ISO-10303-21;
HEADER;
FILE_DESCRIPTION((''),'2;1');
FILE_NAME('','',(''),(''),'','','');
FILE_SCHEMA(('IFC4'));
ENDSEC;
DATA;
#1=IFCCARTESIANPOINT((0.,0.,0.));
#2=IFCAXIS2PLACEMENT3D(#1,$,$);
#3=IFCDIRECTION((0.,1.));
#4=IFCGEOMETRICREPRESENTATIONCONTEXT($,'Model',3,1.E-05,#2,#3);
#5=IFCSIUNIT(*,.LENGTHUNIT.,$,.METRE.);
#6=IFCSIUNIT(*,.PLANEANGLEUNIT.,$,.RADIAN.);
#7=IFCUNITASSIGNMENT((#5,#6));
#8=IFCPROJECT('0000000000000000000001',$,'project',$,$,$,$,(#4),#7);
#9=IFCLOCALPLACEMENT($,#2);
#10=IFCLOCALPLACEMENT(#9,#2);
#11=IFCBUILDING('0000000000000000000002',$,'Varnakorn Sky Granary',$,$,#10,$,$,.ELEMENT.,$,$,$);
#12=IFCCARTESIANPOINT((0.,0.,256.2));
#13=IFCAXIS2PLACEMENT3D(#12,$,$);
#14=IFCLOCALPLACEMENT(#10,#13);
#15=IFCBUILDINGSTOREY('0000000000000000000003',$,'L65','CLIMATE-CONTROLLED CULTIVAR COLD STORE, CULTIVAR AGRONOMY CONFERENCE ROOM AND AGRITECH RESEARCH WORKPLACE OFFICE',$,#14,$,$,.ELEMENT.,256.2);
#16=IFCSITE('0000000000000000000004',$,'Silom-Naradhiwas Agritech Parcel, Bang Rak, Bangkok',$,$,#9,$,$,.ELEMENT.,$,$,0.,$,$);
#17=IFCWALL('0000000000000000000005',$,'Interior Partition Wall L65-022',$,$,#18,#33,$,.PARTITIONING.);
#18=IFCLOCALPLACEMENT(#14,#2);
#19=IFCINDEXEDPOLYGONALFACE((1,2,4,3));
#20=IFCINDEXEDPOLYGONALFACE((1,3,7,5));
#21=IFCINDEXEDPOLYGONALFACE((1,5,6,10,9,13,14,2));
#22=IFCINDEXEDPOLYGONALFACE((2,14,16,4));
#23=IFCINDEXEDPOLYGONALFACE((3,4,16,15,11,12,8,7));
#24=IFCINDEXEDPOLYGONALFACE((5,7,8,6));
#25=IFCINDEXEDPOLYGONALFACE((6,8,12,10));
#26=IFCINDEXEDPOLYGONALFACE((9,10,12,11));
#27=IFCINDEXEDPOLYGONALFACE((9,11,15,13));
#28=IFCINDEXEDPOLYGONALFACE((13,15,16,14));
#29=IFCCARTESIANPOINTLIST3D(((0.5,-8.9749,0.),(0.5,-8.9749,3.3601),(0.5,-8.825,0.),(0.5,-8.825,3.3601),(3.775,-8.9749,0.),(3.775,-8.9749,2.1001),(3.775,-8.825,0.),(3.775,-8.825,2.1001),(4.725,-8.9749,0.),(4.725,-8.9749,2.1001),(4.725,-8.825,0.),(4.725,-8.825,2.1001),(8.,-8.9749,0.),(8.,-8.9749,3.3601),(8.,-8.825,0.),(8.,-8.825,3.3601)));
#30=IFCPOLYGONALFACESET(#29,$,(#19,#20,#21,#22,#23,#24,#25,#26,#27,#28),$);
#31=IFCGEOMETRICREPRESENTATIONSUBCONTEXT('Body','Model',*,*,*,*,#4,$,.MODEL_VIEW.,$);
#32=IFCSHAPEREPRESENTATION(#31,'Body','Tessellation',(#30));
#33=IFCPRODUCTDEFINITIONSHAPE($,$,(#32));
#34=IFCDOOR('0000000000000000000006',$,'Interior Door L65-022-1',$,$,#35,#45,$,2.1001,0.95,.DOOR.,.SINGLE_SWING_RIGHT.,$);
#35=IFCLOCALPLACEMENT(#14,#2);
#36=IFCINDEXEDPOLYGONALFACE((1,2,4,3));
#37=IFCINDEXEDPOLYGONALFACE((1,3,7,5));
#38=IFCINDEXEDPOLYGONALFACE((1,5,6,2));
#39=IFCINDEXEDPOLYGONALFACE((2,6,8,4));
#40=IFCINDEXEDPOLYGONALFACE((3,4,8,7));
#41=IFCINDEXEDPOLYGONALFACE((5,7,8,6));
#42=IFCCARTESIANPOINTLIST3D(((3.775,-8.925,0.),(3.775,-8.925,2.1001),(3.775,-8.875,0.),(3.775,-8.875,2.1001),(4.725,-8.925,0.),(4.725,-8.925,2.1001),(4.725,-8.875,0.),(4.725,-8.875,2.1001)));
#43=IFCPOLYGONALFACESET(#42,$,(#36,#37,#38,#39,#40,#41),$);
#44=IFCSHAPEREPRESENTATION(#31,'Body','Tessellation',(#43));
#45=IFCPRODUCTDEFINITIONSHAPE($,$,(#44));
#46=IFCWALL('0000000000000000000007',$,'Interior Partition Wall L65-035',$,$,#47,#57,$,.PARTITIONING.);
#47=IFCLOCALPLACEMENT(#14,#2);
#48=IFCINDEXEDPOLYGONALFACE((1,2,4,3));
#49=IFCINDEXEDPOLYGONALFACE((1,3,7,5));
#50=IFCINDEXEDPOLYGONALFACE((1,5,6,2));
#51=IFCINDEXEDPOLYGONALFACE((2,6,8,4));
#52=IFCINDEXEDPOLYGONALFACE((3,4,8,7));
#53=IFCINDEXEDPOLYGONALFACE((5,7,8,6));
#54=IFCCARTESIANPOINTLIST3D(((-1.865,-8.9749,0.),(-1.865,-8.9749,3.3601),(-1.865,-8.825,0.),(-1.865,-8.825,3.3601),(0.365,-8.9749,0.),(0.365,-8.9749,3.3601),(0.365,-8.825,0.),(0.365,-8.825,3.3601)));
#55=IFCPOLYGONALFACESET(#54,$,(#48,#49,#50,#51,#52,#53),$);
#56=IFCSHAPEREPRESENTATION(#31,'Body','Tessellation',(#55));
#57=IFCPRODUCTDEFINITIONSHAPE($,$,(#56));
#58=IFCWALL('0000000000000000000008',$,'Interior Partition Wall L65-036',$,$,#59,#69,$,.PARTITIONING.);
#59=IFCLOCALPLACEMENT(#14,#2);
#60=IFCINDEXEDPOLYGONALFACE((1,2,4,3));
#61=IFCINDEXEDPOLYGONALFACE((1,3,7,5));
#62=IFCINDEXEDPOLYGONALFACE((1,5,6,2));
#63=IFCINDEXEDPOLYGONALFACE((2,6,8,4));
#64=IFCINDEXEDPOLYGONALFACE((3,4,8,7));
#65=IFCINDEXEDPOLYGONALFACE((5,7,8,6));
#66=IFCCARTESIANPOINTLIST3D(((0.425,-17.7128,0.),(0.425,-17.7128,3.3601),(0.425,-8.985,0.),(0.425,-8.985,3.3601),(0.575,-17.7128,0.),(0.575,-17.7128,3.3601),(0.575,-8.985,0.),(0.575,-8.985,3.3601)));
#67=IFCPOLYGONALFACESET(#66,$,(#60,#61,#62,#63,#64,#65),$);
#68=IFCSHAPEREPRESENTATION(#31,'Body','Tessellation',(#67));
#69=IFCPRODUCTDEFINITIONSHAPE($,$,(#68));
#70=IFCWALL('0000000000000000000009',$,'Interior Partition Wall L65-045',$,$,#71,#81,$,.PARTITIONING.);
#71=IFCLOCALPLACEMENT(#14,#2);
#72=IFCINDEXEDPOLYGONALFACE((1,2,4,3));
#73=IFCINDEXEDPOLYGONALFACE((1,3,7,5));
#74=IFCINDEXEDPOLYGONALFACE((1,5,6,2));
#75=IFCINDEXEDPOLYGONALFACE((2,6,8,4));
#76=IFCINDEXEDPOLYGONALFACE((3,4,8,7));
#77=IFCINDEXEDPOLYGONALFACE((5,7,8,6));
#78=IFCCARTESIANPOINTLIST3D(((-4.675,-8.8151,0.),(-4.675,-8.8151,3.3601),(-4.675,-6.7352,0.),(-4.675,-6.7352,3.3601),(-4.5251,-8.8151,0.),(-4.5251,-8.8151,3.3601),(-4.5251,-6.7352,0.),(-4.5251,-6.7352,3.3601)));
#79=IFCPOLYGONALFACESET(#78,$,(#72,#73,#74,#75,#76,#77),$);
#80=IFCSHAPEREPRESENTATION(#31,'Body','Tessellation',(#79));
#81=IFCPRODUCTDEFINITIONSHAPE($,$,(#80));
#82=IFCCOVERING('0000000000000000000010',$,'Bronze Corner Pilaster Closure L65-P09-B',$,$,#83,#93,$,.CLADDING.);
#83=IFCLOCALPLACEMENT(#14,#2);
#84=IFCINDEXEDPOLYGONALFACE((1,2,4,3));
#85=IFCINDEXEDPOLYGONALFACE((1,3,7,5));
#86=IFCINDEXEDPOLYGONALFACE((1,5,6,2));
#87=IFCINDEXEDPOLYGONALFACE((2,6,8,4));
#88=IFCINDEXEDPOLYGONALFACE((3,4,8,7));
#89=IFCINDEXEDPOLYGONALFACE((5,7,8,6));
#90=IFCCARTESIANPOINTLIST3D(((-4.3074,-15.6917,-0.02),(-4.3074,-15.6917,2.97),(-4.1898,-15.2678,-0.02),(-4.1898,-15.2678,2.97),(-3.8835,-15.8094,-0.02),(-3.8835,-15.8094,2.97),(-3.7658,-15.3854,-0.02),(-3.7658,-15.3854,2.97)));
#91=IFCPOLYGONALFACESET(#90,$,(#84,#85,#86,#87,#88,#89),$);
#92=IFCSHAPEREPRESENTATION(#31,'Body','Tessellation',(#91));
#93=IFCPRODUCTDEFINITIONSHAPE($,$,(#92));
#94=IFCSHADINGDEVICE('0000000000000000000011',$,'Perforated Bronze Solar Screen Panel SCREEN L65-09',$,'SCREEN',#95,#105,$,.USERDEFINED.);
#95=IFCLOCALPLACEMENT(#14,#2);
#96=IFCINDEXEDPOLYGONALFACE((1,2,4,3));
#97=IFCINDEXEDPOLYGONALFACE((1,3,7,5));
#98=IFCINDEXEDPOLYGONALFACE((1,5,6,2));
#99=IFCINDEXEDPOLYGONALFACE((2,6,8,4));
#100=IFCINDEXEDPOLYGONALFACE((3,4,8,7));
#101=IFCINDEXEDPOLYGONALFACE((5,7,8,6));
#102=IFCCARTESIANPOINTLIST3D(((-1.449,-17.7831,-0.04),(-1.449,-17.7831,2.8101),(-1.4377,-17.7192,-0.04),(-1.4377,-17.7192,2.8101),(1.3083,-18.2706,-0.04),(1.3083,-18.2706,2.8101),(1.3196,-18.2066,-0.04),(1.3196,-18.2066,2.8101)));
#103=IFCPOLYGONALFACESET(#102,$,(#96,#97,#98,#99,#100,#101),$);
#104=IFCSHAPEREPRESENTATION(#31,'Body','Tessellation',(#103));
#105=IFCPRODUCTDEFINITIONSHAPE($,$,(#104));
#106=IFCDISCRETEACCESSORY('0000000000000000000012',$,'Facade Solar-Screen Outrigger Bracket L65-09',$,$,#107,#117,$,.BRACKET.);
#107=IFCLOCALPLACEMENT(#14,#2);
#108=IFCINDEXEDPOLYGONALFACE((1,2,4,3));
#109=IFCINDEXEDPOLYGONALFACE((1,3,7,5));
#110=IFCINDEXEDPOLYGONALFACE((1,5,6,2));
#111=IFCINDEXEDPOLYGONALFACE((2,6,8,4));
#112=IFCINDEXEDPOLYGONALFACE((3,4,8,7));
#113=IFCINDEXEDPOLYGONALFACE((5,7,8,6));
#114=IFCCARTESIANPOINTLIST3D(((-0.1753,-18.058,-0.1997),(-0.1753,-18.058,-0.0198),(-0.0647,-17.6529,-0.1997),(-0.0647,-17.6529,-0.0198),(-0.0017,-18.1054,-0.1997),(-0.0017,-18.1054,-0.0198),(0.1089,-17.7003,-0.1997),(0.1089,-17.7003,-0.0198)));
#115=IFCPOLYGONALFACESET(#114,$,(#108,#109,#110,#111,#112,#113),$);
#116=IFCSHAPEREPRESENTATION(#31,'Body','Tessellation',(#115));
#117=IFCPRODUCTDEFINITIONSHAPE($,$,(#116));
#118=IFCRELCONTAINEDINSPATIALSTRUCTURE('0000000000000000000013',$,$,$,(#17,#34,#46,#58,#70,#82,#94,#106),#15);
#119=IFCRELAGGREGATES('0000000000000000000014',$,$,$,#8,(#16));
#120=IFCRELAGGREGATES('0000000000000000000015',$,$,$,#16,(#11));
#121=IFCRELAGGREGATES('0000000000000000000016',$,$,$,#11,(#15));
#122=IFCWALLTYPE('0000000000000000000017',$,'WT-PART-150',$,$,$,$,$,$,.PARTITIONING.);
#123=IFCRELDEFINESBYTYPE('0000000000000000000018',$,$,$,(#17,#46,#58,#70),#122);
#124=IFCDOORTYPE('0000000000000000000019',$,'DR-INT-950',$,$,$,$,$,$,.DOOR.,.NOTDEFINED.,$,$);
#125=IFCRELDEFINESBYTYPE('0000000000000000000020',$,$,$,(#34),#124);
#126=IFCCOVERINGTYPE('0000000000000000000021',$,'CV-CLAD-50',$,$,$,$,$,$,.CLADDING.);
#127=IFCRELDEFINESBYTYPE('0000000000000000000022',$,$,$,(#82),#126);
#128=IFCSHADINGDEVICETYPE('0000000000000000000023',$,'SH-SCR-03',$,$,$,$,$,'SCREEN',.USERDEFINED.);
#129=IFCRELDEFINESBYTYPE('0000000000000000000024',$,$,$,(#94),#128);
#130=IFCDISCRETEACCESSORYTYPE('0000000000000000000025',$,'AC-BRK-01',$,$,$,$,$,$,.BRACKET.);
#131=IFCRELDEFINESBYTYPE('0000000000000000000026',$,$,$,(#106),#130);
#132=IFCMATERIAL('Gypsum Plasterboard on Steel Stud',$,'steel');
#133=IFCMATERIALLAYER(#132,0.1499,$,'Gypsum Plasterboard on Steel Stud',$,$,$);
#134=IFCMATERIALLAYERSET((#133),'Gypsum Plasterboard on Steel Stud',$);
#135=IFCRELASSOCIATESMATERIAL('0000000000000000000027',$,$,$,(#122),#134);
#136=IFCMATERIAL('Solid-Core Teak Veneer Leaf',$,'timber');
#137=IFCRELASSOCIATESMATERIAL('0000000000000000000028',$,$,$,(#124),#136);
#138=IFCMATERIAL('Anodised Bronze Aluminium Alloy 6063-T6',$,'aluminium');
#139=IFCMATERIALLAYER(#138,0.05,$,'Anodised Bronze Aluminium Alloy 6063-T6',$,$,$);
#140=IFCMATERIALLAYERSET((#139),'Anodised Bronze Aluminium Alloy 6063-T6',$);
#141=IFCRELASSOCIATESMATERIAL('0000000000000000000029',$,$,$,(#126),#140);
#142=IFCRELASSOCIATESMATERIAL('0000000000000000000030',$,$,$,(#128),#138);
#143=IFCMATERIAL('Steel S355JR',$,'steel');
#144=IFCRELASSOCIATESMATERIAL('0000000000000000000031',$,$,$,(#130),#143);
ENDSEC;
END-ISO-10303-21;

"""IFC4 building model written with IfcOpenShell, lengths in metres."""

from ifc_helpers import new_model, si_unit, direction, frame, frame_2d, origin, origin_2d, place, context, subcontext, project, spatial, rectangle, extrude, source, transform, mapped, material, layer, layer_set, type_object, type_shapes, element, fill, save


model = new_model("IFC4")

# Units and contexts
model_context = context("Model", 3, precision=1e-05, world=origin(), true_north=direction((0.0, 1.0)))
body_context = subcontext(model_context, "Body", "Model", "MODEL_VIEW")
ifc_project = project(units=[si_unit("LENGTHUNIT", "METRE"), si_unit("PLANEANGLEUNIT", "RADIAN")], contexts=[model_context])

# Site, building, storey
site_placement = place(None, origin())
site = spatial("IfcSite", under=ifc_project, at=site_placement, Name="Silom-Naradhiwas Agritech Parcel, Bang Rak, Bangkok", CompositionType="ELEMENT", RefElevation=0.0)
building_placement = place(site_placement, origin())
building = spatial("IfcBuilding", under=site, at=building_placement, Name="Varnakorn Sky Granary", CompositionType="ELEMENT")
storey_placement = place(building_placement, frame((0.0, 0.0, 256.2)))
storey = spatial("IfcBuildingStorey", under=building, at=storey_placement, Name="L65", Description="CLIMATE-CONTROLLED CULTIVAR COLD STORE, CULTIVAR AGRONOMY CONFERENCE ROOM AND AGRITECH RESEARCH WORKPLACE OFFICE", CompositionType="ELEMENT", Elevation=256.2)

# Shared definitions
ifc_material_1 = material(Name="Steel S355JR", Category="steel")

# Shared definitions
ifc_material_2 = material(Name="Anodised Bronze Aluminium Alloy 6063-T6", Category="aluminium")

# Wall, opening, door
ifc_material_3 = material(Name="Gypsum Plasterboard on Steel Stud", Category="steel")
ifc_layer_1 = layer(ifc_material_3, 0.1499, Name="Gypsum Plasterboard on Steel Stud")
ifc_layer_set_1 = layer_set([ifc_layer_1], Name="Gypsum Plasterboard on Steel Stud")
wall_type = type_object("IfcWallType", Name="WT-PART-150", PredefinedType="PARTITIONING", material=ifc_layer_set_1)
ifc_material_4 = material(Name="Solid-Core Teak Veneer Leaf", Category="timber")
door_type = type_object("IfcDoorType", Name="DR-INT-950", OperationType="NOTDEFINED", PredefinedType="DOOR", material=ifc_material_4)
wall_1_placement = place(storey_placement, frame((0.5, -8.8999, 0.0), z_axis=(0.0, 0.0, 1.0), x_axis=(1.0, 0.0, 0.0)))
wall_1 = element("IfcWall", 1, at=wall_1_placement, inside=storey, type_object=wall_type, Name="Interior Partition Wall L65-022", PredefinedType="PARTITIONING", context=body_context, shape_type="SweptSolid", body=[
    extrude(rectangle(XDim=7.5, YDim=0.1499, at=frame_2d((3.75, 0.0))), origin(), (0.0, 0.0, 1.0), 3.3601),
])
opening_1_placement = place(wall_1_placement, frame((3.2749, 0.0, 0.0)))
opening_1 = element("IfcOpeningElement", 2, at=opening_1_placement, cuts=wall_1, PredefinedType="OPENING", context=body_context, shape_type="SweptSolid", body=[
    extrude(rectangle(XDim=0.95, YDim=2.1001, at=frame_2d((0.4751, 1.05))), frame((0.0, 0.085, 0.0), z_axis=(0.0, -1.0, 0.0), x_axis=(1.0, 0.0, 0.0)), (0.0, 0.0, 1.0), 0.1699),
])
door_1_placement = place(opening_1_placement, origin())
door_1 = element("IfcDoor", 3, at=door_1_placement, inside=storey, type_object=door_type, Name="Interior Door L65-022-1", OperationType="SINGLE_SWING_RIGHT", OverallHeight=2.1001, OverallWidth=0.95, PredefinedType="DOOR", context=body_context, shape_type="SweptSolid", body=[
    extrude(rectangle(XDim=0.95, YDim=2.1001, at=frame_2d((0.4751, 1.05))), frame((0.0, 0.0249, 0.0), z_axis=(0.0, -1.0, 0.0), x_axis=(1.0, 0.0, 0.0)), (0.0, 0.0, 1.0), 0.05),
])
fill(opening_1, door_1)

# Walls
wall_2_placement = place(storey_placement, frame((-1.865, -8.8999, 0.0), z_axis=(0.0, 0.0, 1.0), x_axis=(1.0, 0.0, 0.0)))
element("IfcWall", 4, at=wall_2_placement, inside=storey, type_object=wall_type, Name="Interior Partition Wall L65-035", PredefinedType="PARTITIONING", context=body_context, shape_type="SweptSolid", body=[
    extrude(rectangle(XDim=2.23, YDim=0.1499, at=frame_2d((1.115, 0.0))), origin(), (0.0, 0.0, 1.0), 3.3601),
])
wall_3_placement = place(storey_placement, frame((0.5, -8.9851, 0.0), z_axis=(0.0, 0.0, 1.0), x_axis=(0.0, -1.0, 0.0)))
element("IfcWall", 5, at=wall_3_placement, inside=storey, type_object=wall_type, Name="Interior Partition Wall L65-036", PredefinedType="PARTITIONING", context=body_context, shape_type="SweptSolid", body=[
    extrude(rectangle(XDim=8.7278, YDim=0.1499, at=frame_2d((4.3638, 0.0))), origin(), (0.0, 0.0, 1.0), 3.3601),
])
wall_4_placement = place(storey_placement, frame((-4.6001, -6.7351, 0.0), z_axis=(0.0, 0.0, 1.0), x_axis=(0.0, -1.0, 0.0)))
element("IfcWall", 6, at=wall_4_placement, inside=storey, type_object=wall_type, Name="Interior Partition Wall L65-045", PredefinedType="PARTITIONING", context=body_context, shape_type="SweptSolid", body=[
    extrude(rectangle(XDim=2.0798, YDim=0.1499, at=frame_2d((1.04, 0.0))), origin(), (0.0, 0.0, 1.0), 3.3601),
])

# Covering
ifc_layer_2 = layer(ifc_material_2, 0.05, Name="Anodised Bronze Aluminium Alloy 6063-T6")
ifc_layer_set_2 = layer_set([ifc_layer_2], Name="Anodised Bronze Aluminium Alloy 6063-T6")
covering_type = type_object("IfcCoveringType", Name="CV-CLAD-50", PredefinedType="CLADDING", material=ifc_layer_set_2)
shared_shape_1 = source(origin(), body_context, "Body", "SweptSolid", [
    extrude(rectangle(XDim=0.4399, YDim=0.4399, at=origin_2d()), origin(), (0.0, 0.0, 1.0), 2.99),
])
type_shapes(covering_type, [shared_shape_1])
covering_placement = place(storey_placement, frame((-4.0366, -15.5386, -0.02), z_axis=(0.0, 0.0, 1.0), x_axis=(-0.963584, 0.267407, 0.0)))
element("IfcCovering", 7, at=covering_placement, inside=storey, type_object=covering_type, Name="Bronze Corner Pilaster Closure L65-P09-B", PredefinedType="CLADDING", context=body_context, shape_type="MappedRepresentation", body=[
    mapped(shared_shape_1, transform((0.0, 0.0, 0.0), x_axis=(1.0, 0.0, 0.0), y_axis=(0.0, 1.0, 0.0), z_axis=(0.0, 0.0, 1.0), scale=1.0)),
])

# Shading device
shading_device_type = type_object("IfcShadingDeviceType", Name="SH-SCR-03", ElementType="SCREEN", PredefinedType="USERDEFINED", material=ifc_material_2)
shared_shape_2 = source(origin(), body_context, "Body", "SweptSolid", [
    extrude(rectangle(XDim=2.8, YDim=0.0649, at=origin_2d()), origin(), (0.0, 0.0, 1.0), 2.8501),
])
type_shapes(shading_device_type, [shared_shape_2])
shading_device_placement = place(storey_placement, frame((-0.0647, -17.9949, -0.04), z_axis=(0.0, 0.0, 1.0), x_axis=(0.984728, -0.174099, 0.0)))
element("IfcShadingDevice", 8, at=shading_device_placement, inside=storey, type_object=shading_device_type, Name="Perforated Bronze Solar Screen Panel SCREEN L65-09", ObjectType="SCREEN", PredefinedType="USERDEFINED", context=body_context, shape_type="MappedRepresentation", body=[
    mapped(shared_shape_2, transform((0.0, 0.0, 0.0), x_axis=(1.0, 0.0, 0.0), y_axis=(0.0, 1.0, 0.0), z_axis=(0.0, 0.0, 1.0), scale=1.0)),
])

# Discrete accessory
discrete_accessory_type = type_object("IfcDiscreteAccessoryType", Name="AC-BRK-01", PredefinedType="BRACKET", material=ifc_material_1)
shared_shape_3 = source(origin(), body_context, "Body", "SweptSolid", [
    extrude(rectangle(XDim=0.1799, YDim=0.4199, at=origin_2d()), origin(), (0.0, 0.0, 1.0), 0.1799),
])
type_shapes(discrete_accessory_type, [shared_shape_3])
discrete_accessory_placement = place(storey_placement, frame((-0.0332, -17.8792, -0.1997), z_axis=(0.0, 0.0, 1.0), x_axis=(0.964667, -0.263473, 0.0)))
element("IfcDiscreteAccessory", 9, at=discrete_accessory_placement, inside=storey, type_object=discrete_accessory_type, Name="Facade Solar-Screen Outrigger Bracket L65-09", PredefinedType="BRACKET", context=body_context, shape_type="MappedRepresentation", body=[
    mapped(shared_shape_3, transform((0.0, 0.0, 0.0), x_axis=(1.0, 0.0, 0.0), y_axis=(0.0, 1.0, 0.0), z_axis=(0.0, 0.0, 1.0), scale=1.0)),
])

save(model, "model.ifc")
